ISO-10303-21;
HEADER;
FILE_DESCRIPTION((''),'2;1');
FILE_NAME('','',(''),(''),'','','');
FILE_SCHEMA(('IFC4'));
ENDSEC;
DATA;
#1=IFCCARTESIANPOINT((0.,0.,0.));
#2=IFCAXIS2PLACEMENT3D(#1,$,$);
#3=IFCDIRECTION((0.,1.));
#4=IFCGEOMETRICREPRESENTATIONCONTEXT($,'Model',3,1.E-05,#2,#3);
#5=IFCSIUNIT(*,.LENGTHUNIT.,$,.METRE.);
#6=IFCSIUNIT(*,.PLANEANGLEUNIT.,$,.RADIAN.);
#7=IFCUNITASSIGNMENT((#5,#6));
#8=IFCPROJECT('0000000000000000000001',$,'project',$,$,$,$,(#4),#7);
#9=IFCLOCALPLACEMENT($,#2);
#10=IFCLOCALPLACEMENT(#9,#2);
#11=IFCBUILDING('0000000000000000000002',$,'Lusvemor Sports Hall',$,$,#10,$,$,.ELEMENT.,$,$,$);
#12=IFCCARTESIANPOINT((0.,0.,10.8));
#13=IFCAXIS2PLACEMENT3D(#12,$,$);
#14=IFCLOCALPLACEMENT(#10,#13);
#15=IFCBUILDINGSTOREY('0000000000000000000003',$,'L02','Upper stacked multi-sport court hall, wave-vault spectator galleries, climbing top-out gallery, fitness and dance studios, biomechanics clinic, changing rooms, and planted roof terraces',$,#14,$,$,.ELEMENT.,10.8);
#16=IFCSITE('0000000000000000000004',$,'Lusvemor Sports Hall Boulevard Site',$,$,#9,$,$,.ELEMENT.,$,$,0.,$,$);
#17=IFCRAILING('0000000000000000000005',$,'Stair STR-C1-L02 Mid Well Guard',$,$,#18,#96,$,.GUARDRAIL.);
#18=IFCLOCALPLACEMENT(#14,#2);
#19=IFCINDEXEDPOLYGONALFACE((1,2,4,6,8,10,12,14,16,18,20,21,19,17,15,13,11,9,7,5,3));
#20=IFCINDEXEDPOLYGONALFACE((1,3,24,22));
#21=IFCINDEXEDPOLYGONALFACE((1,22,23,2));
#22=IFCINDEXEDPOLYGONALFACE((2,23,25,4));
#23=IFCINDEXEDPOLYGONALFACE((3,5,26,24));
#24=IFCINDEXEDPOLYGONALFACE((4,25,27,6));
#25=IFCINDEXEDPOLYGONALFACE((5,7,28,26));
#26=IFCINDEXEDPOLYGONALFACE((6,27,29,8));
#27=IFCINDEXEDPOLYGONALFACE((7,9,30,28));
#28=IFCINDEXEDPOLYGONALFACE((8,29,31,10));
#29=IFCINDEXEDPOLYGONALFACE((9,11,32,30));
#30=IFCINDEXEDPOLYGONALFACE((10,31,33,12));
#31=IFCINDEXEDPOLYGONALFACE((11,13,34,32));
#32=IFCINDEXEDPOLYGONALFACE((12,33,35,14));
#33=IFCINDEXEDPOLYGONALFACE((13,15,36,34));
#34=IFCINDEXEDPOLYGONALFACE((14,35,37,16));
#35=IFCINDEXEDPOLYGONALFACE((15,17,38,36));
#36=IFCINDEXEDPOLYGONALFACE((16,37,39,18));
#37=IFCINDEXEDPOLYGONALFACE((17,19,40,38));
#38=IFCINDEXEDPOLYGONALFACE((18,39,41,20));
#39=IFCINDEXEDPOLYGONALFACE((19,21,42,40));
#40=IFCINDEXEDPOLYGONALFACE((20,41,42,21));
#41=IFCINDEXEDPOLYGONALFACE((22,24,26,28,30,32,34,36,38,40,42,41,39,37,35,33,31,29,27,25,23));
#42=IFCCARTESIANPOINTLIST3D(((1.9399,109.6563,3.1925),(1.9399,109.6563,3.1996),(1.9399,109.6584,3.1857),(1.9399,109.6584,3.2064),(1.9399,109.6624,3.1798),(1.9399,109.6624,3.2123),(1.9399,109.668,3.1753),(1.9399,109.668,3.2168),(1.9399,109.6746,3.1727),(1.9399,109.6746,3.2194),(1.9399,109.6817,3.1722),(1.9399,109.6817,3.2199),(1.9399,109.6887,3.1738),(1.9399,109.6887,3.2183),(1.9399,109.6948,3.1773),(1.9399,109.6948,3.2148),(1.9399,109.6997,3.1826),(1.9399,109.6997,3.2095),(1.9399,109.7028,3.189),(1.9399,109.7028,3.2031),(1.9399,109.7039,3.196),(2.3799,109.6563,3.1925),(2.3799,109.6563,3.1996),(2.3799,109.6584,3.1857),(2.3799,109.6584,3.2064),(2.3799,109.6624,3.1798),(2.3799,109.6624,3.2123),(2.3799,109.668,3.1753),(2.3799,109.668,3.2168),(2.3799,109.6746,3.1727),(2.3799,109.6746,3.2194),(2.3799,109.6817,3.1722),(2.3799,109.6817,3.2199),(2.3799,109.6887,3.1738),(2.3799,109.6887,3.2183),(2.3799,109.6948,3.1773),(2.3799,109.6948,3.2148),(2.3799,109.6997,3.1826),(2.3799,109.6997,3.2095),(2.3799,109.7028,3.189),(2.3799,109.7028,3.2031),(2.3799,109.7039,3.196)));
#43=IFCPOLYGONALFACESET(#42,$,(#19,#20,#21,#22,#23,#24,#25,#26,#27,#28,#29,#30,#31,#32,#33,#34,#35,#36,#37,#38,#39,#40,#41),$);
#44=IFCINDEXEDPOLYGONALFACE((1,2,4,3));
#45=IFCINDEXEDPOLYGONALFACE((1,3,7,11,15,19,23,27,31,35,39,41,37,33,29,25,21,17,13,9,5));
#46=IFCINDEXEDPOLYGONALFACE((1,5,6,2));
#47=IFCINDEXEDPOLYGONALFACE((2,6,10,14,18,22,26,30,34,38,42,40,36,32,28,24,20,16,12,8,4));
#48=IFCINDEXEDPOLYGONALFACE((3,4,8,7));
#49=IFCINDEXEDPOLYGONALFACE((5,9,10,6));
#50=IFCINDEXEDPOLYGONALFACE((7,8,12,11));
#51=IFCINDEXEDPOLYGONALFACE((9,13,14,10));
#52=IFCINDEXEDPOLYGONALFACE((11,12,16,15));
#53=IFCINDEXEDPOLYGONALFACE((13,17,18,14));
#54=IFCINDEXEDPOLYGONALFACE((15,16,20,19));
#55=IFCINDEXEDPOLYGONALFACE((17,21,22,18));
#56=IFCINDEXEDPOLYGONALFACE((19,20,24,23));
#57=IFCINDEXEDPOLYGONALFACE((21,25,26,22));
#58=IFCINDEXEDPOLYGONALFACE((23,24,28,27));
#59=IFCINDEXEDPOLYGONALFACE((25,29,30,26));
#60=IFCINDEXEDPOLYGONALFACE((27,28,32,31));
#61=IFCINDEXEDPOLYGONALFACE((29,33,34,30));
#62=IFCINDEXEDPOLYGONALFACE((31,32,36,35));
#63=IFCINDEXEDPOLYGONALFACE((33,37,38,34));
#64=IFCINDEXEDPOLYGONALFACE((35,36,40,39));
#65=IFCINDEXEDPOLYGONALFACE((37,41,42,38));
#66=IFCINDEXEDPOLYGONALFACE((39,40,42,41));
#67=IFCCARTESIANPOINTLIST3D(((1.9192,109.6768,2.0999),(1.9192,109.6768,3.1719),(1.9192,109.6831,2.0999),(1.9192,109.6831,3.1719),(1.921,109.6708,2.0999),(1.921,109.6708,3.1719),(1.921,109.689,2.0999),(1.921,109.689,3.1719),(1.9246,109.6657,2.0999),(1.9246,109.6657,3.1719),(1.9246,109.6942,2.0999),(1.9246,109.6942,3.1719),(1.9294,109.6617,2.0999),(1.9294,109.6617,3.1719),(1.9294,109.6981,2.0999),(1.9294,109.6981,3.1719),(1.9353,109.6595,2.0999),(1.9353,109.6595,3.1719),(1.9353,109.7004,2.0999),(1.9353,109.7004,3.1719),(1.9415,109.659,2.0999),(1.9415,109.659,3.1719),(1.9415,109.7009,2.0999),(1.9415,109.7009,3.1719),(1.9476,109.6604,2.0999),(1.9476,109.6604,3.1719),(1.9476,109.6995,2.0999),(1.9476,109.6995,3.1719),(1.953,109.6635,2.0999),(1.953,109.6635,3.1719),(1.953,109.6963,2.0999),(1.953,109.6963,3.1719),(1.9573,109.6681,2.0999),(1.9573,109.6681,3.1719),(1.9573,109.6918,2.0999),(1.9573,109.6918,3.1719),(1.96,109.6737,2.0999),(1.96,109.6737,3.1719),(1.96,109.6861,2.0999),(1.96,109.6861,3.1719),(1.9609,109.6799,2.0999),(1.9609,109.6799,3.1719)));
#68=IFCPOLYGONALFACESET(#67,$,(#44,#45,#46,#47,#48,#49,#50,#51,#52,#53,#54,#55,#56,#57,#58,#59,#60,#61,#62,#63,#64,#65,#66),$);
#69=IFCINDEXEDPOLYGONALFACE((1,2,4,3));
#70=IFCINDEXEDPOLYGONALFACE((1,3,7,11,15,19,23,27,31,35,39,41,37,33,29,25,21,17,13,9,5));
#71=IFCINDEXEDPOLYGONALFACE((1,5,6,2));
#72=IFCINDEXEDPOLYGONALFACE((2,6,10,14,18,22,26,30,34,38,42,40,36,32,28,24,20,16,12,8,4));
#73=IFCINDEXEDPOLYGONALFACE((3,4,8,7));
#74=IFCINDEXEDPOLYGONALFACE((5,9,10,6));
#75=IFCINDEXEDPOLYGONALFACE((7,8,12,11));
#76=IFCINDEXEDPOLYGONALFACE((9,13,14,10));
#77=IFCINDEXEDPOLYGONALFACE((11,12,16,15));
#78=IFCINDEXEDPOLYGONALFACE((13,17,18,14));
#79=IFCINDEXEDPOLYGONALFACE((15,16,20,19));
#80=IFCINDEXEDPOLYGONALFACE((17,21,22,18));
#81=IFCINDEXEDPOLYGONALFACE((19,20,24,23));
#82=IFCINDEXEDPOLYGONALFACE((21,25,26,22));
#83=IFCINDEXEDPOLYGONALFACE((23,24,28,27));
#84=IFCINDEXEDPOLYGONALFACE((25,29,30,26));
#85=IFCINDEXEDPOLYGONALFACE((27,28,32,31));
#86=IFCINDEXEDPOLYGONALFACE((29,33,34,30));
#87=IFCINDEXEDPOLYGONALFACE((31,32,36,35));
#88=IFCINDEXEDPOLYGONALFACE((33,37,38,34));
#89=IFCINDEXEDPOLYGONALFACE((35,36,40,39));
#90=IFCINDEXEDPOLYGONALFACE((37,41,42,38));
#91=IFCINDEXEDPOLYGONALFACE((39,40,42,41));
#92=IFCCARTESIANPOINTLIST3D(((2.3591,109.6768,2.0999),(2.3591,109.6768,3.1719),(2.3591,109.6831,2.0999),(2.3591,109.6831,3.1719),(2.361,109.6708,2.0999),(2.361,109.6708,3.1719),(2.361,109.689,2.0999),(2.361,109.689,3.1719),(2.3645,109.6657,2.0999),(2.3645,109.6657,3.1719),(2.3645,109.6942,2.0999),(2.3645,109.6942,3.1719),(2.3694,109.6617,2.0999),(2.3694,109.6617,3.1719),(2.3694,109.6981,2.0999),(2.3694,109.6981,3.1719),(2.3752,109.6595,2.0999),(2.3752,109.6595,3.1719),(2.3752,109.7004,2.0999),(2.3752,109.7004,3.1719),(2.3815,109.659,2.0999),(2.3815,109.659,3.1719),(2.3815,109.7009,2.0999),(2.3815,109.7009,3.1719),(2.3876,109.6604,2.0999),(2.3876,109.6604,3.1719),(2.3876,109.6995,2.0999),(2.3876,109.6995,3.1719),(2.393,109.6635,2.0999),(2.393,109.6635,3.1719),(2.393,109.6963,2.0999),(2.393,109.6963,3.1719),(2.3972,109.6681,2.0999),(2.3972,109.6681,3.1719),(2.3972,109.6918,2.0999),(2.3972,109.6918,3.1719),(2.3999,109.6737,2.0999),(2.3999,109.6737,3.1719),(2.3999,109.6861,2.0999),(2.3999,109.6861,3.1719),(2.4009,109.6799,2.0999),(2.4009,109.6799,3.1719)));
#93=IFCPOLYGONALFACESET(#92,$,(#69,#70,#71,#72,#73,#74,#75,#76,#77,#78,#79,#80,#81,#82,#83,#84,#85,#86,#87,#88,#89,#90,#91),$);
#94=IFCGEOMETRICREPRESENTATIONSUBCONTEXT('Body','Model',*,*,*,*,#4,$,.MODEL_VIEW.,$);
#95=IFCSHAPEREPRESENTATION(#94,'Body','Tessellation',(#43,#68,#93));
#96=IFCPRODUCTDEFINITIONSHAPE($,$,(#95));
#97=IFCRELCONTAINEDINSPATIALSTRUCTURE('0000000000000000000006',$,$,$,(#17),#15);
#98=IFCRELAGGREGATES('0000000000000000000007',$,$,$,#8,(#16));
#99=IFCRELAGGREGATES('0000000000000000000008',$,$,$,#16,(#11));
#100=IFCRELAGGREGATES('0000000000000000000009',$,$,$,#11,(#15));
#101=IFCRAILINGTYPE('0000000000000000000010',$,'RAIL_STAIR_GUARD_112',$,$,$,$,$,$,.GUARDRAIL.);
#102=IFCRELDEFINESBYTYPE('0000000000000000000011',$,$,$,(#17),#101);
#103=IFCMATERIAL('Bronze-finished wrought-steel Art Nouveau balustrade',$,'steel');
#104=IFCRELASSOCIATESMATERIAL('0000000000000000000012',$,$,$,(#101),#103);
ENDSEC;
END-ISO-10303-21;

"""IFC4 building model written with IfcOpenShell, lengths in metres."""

from ifc_helpers import new_model, si_unit, direction, frame, origin, origin_2d, place, context, subcontext, project, spatial, circle, extrude, material, type_object, element, save


model = new_model("IFC4")

# Units and contexts
model_context = context("Model", 3, precision=1e-05, world=origin(), true_north=direction((0.0, 1.0)))
body_context = subcontext(model_context, "Body", "Model", "MODEL_VIEW")
ifc_project = project(units=[si_unit("LENGTHUNIT", "METRE"), si_unit("PLANEANGLEUNIT", "RADIAN")], contexts=[model_context])

# Site, building, storey
site_placement = place(None, origin())
site = spatial("IfcSite", under=ifc_project, at=site_placement, Name="Lusvemor Sports Hall Boulevard Site", CompositionType="ELEMENT", RefElevation=0.0)
building_placement = place(site_placement, origin())
building = spatial("IfcBuilding", under=site, at=building_placement, Name="Lusvemor Sports Hall", CompositionType="ELEMENT")
storey_placement = place(building_placement, frame((0.0, 0.0, 10.8)))
storey = spatial("IfcBuildingStorey", under=building, at=storey_placement, Name="L02", Description="Upper stacked multi-sport court hall, wave-vault spectator galleries, climbing top-out gallery, fitness and dance studios, biomechanics clinic, changing rooms, and planted roof terraces", CompositionType="ELEMENT", Elevation=10.8)

# Railing
ifc_material_1 = material(Name="Bronze-finished wrought-steel Art Nouveau balustrade", Category="steel")
railing_type_1 = type_object("IfcRailingType", Name="RAIL_STAIR_GUARD_112", PredefinedType="GUARDRAIL", material=ifc_material_1)
railing_1_placement = place(storey_placement, frame((1.9399, 109.6799, 2.0999)))
element("IfcRailing", 1, at=railing_1_placement, inside=storey, type_object=railing_type_1, Name="Stair STR-C1-L02 Mid Well Guard", PredefinedType="GUARDRAIL", context=body_context, shape_type="SweptSolid", body=[
    extrude(circle(Radius=0.0239, at=origin_2d()), frame((0.0, 0.0, 1.0962), z_axis=(1.0, 0.0, 0.0), x_axis=(0.0, 1.0, 0.0)), (0.0, 0.0, 1.0), 0.4399),
    extrude(circle(Radius=0.021, at=origin_2d()), origin(), (0.0, 0.0, 1.0), 1.072),
    extrude(circle(Radius=0.021, at=origin_2d()), frame((0.4399, 0.0, 0.0)), (0.0, 0.0, 1.0), 1.072),
])

save(model, "model.ifc")
